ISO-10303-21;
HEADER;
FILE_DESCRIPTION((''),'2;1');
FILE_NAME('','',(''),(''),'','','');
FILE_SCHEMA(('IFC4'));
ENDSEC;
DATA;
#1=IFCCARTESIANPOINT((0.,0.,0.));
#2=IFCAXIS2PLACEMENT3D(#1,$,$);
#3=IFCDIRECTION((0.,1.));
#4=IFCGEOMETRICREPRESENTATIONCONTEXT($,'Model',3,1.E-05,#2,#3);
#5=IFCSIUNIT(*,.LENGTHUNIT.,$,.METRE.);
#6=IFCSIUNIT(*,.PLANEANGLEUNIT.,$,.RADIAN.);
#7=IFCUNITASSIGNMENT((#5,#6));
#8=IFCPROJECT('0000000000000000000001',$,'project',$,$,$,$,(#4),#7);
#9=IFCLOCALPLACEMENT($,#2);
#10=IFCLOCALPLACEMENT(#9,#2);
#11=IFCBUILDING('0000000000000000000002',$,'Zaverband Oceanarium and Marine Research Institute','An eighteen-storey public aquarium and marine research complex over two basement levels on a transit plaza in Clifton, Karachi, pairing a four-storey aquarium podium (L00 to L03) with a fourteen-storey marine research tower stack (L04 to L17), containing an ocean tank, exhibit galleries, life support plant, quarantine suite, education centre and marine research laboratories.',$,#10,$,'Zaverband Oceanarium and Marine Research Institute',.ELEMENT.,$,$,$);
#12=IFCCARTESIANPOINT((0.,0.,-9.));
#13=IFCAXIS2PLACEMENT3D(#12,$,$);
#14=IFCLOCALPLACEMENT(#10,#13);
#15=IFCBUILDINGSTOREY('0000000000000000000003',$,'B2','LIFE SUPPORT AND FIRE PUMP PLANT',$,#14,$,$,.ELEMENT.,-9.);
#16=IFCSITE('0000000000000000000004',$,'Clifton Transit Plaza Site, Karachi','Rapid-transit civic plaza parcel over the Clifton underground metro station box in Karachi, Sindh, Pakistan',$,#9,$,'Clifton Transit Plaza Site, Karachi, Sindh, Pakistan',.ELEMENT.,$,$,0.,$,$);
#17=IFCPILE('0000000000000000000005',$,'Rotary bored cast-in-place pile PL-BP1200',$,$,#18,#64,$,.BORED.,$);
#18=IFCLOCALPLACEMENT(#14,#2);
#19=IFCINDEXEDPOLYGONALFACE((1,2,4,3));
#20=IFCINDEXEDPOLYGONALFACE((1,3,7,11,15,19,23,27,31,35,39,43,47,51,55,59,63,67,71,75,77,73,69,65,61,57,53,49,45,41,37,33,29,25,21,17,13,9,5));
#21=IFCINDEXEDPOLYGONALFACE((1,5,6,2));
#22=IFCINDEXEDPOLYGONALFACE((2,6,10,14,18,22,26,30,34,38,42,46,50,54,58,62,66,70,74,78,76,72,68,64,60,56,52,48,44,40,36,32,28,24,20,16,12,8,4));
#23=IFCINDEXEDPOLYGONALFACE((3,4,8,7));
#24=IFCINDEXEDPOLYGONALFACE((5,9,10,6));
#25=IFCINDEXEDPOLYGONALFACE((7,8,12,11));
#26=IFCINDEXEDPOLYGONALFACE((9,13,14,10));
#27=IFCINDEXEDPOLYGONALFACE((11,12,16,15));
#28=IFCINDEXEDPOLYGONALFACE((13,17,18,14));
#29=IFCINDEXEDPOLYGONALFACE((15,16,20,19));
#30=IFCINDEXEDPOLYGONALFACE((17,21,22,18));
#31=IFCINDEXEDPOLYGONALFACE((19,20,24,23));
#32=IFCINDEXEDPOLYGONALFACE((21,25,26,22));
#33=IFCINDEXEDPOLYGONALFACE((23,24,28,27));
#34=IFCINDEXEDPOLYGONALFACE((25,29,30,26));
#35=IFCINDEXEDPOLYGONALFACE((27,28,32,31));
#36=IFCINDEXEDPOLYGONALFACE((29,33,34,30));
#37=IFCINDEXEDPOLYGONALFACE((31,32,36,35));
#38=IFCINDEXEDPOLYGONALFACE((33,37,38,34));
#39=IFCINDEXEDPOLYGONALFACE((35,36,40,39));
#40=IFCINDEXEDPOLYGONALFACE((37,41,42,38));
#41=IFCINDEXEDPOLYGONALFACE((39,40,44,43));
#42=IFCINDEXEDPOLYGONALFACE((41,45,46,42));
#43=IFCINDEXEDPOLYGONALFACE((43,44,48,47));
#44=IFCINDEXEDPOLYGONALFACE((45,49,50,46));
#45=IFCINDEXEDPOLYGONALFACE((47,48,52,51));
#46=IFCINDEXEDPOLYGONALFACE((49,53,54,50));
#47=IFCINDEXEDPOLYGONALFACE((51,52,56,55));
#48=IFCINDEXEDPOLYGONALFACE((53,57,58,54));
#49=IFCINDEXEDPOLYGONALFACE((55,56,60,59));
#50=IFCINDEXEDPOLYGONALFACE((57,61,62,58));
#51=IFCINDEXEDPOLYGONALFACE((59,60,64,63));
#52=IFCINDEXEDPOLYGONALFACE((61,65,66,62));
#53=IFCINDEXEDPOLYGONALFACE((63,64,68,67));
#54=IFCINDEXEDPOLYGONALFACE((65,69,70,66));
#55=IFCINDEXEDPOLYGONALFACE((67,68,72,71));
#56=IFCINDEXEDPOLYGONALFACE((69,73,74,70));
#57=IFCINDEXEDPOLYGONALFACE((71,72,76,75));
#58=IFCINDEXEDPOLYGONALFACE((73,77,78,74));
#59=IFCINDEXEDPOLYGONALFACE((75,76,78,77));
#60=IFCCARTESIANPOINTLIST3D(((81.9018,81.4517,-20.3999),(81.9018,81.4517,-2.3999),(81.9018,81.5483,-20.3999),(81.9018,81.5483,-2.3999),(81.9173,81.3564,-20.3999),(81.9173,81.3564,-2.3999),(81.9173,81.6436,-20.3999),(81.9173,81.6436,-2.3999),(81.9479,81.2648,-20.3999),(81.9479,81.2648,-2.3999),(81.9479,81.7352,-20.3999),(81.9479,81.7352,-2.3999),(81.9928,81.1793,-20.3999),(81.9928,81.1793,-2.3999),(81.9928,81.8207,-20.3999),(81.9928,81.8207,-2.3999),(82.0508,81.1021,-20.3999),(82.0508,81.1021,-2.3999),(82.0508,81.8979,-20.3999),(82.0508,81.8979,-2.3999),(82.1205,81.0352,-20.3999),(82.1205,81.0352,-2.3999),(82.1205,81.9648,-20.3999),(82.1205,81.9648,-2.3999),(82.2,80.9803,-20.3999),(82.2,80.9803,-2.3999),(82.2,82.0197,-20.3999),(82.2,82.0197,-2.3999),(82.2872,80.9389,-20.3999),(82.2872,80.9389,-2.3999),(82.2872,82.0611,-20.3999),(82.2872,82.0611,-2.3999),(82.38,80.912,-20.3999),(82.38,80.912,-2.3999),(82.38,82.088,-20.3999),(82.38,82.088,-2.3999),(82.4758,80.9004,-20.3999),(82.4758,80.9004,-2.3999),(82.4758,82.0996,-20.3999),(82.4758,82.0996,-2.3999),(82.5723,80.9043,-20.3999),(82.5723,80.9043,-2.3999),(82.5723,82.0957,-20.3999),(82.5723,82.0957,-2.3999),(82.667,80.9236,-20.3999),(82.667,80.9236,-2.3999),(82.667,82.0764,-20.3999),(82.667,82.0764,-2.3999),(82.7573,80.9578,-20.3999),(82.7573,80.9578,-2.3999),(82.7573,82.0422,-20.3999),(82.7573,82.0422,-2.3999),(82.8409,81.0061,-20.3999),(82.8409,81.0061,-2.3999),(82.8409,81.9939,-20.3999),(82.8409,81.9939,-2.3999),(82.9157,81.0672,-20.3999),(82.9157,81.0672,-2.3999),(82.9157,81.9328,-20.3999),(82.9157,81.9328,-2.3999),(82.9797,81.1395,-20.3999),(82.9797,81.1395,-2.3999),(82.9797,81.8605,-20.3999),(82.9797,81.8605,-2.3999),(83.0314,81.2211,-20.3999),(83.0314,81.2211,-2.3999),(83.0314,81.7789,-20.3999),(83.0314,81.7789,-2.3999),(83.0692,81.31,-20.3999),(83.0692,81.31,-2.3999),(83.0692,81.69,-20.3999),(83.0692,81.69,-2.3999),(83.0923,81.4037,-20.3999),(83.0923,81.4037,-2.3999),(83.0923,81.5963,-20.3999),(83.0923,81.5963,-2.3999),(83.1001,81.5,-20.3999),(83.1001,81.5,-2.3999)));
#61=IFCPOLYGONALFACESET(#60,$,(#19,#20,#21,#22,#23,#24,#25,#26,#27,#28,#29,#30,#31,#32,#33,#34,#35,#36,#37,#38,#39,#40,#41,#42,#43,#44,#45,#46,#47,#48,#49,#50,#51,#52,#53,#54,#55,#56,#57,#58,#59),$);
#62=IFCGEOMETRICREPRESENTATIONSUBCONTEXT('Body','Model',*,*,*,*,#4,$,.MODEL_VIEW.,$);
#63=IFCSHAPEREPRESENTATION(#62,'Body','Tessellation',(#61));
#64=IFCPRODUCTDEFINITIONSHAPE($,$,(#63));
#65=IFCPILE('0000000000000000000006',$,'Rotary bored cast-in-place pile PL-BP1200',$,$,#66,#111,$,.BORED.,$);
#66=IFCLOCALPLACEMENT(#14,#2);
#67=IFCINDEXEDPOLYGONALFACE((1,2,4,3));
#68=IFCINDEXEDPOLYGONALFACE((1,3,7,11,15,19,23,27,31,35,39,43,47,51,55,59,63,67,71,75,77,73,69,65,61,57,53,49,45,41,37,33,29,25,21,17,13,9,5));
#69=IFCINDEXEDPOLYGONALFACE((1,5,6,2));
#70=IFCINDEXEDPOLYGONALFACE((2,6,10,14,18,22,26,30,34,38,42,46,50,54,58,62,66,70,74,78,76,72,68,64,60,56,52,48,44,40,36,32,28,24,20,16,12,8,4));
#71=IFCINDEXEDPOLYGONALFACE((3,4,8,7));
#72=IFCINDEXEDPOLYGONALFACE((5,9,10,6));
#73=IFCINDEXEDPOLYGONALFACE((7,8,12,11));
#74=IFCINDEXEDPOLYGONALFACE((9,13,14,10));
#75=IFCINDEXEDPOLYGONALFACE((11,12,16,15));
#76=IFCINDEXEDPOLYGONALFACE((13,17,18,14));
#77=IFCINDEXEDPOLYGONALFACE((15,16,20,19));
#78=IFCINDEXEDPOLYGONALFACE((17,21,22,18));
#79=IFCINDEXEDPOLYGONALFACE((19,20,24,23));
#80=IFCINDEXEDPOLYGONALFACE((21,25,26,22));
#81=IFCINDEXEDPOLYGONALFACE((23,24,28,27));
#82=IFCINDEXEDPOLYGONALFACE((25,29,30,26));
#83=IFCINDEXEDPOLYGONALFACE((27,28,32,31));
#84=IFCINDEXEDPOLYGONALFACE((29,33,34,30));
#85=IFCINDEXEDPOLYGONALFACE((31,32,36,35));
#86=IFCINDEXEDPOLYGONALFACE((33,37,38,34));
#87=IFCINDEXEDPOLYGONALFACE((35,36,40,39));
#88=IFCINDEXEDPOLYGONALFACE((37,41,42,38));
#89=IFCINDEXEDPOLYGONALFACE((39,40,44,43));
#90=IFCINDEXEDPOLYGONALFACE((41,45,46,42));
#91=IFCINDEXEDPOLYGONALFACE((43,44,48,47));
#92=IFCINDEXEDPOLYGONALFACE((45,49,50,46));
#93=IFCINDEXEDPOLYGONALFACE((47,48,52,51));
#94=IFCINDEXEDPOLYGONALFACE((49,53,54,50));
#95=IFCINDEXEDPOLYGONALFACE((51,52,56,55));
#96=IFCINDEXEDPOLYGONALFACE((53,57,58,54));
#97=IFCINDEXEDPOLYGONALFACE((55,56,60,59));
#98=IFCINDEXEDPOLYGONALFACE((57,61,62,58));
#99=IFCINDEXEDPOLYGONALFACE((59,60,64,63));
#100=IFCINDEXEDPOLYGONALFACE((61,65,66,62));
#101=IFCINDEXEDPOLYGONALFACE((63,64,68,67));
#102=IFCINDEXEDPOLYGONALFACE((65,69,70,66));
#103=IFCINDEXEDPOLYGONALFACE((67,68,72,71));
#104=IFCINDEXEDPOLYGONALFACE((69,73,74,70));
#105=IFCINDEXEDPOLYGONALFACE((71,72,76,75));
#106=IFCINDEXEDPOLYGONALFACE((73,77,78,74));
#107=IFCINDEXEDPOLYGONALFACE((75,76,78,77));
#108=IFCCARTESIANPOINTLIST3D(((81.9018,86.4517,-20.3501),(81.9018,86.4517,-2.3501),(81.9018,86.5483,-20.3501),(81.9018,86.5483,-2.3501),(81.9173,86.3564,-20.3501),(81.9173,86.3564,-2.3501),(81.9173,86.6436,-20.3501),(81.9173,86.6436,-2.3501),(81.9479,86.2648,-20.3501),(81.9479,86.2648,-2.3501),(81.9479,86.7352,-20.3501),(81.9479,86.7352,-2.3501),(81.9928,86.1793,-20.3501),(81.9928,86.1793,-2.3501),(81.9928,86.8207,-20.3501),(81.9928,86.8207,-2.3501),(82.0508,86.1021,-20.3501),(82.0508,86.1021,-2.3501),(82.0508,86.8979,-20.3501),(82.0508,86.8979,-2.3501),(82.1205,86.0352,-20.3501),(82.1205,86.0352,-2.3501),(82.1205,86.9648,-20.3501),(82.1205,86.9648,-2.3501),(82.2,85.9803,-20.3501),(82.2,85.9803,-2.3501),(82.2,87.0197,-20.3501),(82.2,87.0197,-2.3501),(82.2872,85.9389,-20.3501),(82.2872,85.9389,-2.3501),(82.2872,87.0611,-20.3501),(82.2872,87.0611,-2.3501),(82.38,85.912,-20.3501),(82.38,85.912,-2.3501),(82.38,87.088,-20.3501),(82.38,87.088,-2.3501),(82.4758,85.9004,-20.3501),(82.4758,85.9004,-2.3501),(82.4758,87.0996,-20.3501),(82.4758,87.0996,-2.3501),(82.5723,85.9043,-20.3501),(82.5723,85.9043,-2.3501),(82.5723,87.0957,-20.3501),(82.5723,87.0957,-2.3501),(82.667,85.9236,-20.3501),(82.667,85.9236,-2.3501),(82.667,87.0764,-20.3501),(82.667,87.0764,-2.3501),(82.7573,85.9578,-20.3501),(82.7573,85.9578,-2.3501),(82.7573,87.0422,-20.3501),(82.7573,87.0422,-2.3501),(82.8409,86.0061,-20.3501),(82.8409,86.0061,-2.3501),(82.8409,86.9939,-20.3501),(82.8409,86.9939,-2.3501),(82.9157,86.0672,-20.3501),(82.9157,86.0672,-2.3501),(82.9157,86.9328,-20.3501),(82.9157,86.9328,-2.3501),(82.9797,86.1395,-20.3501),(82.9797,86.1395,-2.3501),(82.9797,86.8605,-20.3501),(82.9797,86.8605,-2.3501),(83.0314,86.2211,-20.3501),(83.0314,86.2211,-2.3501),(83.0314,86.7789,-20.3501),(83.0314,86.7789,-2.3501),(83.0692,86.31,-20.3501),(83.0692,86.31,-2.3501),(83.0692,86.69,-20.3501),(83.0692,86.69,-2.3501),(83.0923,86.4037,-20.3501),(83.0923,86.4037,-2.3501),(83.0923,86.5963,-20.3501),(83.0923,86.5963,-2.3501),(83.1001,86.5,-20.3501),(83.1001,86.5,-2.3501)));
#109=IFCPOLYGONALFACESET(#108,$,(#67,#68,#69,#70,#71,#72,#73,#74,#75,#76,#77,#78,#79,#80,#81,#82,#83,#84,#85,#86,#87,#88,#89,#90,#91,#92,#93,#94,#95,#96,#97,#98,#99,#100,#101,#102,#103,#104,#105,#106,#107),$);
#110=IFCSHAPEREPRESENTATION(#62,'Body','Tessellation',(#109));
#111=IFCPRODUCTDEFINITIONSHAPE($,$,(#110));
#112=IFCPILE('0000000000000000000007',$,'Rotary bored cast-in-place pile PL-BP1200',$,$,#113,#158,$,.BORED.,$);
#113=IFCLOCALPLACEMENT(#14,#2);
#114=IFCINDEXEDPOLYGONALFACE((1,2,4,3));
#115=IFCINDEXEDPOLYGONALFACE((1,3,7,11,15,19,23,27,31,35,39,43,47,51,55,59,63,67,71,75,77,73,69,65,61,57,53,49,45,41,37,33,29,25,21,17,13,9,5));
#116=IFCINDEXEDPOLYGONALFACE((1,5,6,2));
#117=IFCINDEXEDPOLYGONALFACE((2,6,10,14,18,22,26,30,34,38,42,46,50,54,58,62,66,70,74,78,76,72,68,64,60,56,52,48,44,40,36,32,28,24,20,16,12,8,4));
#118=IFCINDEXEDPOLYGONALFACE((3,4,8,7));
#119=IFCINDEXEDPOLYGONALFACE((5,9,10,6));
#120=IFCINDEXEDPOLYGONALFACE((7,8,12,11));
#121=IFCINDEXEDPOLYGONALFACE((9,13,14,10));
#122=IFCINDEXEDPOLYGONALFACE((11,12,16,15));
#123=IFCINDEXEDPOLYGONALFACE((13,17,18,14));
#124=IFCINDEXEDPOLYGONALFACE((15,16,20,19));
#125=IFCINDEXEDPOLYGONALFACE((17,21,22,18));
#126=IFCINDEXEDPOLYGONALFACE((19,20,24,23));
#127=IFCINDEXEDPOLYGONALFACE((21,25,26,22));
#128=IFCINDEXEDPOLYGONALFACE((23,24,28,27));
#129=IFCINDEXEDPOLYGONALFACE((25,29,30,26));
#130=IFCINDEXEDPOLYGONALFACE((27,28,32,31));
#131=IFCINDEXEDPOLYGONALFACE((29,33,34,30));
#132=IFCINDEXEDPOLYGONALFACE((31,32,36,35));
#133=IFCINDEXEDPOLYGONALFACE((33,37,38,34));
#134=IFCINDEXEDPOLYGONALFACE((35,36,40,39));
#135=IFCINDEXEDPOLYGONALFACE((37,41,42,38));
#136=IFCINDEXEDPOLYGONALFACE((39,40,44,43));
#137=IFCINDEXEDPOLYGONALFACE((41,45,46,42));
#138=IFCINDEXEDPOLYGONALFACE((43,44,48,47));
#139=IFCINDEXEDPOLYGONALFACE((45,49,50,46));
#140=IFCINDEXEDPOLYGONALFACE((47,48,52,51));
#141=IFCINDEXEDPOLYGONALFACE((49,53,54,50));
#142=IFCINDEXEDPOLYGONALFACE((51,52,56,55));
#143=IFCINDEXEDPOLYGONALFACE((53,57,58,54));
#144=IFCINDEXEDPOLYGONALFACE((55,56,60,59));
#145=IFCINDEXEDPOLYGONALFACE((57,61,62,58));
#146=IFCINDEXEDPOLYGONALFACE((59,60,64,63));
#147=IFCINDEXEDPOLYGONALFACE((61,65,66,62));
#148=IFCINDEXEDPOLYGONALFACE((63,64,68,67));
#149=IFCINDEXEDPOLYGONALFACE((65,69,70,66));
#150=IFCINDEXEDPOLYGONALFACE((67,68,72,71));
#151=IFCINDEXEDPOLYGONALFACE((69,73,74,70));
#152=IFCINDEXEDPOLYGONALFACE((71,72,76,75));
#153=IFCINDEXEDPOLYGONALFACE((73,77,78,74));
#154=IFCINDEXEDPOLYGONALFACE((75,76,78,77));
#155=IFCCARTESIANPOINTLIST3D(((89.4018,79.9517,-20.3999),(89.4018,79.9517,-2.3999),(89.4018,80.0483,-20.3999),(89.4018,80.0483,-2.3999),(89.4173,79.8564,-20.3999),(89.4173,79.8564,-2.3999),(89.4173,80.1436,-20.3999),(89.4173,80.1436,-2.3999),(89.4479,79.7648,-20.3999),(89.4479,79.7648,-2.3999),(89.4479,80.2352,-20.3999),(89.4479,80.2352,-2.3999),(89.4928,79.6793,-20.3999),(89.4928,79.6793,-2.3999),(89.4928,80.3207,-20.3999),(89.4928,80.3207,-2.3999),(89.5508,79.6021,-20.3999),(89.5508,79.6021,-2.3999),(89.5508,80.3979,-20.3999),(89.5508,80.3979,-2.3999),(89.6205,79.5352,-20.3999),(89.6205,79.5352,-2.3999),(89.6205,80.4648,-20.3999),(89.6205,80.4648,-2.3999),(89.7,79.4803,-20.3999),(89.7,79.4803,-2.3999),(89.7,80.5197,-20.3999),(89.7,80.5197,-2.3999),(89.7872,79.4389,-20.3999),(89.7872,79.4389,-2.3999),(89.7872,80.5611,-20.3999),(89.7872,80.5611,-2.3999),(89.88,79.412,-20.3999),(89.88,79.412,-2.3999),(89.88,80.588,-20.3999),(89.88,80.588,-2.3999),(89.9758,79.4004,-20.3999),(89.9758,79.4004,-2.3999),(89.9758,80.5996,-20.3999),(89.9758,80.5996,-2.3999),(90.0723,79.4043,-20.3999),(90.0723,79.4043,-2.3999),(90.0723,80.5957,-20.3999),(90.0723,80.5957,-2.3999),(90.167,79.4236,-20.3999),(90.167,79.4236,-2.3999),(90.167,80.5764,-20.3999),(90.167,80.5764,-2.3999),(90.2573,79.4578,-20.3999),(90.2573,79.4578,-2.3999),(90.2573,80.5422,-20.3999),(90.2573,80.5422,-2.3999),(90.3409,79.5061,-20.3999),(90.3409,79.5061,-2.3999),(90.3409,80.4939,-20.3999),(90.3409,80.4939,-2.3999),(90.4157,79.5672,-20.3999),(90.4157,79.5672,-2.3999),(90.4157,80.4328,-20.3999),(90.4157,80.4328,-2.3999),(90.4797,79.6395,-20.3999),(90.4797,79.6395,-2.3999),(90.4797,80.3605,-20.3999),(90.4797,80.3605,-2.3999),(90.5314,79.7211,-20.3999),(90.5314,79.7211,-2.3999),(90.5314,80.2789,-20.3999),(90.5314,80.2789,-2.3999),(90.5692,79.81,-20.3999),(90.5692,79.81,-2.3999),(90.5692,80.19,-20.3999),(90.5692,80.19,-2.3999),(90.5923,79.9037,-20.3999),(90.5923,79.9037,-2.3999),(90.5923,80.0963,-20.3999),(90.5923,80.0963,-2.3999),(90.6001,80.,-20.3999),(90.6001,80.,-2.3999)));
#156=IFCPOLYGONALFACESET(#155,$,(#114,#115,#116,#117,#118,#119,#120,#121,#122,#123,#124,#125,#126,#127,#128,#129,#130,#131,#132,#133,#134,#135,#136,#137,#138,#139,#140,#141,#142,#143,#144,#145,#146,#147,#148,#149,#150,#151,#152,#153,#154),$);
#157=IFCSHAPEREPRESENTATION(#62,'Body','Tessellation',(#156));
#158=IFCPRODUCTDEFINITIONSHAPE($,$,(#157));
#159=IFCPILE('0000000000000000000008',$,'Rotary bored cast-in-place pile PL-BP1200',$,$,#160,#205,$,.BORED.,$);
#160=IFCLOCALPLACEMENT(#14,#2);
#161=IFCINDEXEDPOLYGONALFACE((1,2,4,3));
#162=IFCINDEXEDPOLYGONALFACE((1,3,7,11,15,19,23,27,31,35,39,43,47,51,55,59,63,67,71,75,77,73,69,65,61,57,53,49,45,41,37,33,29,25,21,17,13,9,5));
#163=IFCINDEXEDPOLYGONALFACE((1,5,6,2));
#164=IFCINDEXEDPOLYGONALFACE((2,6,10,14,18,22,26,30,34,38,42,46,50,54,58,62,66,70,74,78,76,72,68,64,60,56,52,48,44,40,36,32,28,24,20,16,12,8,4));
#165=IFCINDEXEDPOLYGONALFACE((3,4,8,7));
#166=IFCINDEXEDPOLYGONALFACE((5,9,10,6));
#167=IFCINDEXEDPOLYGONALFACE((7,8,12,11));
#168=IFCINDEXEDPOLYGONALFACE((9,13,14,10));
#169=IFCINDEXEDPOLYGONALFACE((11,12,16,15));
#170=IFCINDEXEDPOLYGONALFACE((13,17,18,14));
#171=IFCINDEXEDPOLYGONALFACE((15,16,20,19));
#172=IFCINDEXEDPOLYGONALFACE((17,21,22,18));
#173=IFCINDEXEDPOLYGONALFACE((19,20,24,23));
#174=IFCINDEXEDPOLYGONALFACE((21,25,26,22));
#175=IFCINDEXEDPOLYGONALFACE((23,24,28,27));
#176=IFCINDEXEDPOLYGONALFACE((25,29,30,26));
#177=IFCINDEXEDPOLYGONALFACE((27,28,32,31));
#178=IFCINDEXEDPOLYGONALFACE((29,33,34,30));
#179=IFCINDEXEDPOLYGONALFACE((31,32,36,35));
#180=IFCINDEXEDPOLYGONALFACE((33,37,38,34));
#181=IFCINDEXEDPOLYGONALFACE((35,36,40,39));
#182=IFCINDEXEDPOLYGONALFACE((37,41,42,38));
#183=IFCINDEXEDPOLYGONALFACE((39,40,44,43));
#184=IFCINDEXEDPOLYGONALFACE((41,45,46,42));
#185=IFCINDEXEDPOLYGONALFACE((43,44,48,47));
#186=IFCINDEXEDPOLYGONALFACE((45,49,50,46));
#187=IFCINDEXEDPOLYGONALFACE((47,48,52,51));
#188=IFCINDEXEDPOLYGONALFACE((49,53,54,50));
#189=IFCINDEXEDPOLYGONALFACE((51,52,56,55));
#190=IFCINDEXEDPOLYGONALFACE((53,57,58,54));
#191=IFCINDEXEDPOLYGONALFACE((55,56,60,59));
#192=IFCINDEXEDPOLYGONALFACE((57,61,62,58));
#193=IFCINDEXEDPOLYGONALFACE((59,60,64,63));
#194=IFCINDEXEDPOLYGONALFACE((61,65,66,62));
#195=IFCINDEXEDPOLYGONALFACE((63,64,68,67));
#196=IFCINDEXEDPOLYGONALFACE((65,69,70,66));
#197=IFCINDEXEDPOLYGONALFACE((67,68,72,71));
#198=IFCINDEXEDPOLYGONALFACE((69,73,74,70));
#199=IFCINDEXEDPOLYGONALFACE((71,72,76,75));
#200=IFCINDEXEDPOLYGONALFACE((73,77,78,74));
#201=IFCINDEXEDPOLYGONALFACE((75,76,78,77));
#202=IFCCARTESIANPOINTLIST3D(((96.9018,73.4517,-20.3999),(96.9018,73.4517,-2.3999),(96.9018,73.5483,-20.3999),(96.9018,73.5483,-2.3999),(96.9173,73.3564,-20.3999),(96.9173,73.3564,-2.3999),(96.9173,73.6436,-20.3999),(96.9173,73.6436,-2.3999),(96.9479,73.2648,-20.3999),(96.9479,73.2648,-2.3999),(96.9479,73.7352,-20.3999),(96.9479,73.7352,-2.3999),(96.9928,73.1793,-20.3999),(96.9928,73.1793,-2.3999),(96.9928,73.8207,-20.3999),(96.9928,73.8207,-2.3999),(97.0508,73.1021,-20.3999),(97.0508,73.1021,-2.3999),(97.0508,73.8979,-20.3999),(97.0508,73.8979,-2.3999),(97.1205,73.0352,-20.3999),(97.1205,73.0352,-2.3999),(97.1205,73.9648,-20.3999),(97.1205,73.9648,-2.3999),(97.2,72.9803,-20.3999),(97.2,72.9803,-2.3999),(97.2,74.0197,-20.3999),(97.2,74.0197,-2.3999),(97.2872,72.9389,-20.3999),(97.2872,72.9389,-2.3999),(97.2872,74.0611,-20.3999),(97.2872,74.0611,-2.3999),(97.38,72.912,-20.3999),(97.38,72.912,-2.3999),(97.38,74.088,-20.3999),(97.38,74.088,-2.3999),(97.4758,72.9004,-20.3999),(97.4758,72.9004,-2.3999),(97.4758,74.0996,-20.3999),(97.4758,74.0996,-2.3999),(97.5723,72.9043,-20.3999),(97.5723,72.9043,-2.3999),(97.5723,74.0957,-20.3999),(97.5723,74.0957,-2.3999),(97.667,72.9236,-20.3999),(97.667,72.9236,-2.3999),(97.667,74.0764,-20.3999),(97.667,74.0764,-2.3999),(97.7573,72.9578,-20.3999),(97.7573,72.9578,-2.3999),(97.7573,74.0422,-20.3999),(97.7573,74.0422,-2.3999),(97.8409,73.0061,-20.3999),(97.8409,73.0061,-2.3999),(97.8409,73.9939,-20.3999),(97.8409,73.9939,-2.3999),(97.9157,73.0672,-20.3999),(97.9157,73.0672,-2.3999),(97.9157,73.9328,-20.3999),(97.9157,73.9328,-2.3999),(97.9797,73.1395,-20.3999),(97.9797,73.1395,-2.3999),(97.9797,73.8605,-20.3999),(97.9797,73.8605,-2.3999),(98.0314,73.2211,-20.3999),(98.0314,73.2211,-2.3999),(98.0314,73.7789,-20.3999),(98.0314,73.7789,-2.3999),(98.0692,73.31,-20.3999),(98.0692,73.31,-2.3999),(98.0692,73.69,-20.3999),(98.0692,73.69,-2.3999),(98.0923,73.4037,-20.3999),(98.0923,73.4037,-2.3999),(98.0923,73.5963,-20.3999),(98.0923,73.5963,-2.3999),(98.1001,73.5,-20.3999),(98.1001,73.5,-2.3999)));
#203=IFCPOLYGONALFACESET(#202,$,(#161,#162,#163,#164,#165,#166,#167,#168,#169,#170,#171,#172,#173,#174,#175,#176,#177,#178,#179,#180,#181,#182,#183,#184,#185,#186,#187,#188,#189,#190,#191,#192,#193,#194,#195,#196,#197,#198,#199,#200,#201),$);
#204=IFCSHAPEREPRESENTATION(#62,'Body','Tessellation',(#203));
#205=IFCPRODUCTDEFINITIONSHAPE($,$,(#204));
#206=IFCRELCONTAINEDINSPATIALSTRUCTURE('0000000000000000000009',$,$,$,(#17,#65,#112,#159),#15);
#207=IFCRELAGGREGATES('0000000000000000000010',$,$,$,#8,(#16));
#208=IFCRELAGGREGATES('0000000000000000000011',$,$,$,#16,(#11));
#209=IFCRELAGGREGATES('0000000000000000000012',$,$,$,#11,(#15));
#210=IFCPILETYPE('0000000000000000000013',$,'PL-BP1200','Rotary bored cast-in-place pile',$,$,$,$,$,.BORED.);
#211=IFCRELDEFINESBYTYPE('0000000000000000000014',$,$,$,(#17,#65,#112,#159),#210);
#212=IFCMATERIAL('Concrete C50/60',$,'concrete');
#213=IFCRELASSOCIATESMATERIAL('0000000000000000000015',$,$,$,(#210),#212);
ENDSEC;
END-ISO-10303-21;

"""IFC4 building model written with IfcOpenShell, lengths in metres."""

from ifc_helpers import new_model, si_unit, direction, frame, origin, origin_2d, place, context, subcontext, project, spatial, circle, extrude, material, material_profile, profile_set, type_object, element, save


model = new_model("IFC4")

# Units and contexts
model_context = context("Model", 3, precision=1e-05, world=origin(), true_north=direction((0.0, 1.0)))
body_context = subcontext(model_context, "Body", "Model", "MODEL_VIEW")
ifc_project = project(units=[si_unit("LENGTHUNIT", "METRE"), si_unit("PLANEANGLEUNIT", "RADIAN")], contexts=[model_context])

# Site, building, storey
site_placement = place(None, origin())
site = spatial("IfcSite", under=ifc_project, at=site_placement, Name="Clifton Transit Plaza Site, Karachi", Description="Rapid-transit civic plaza parcel over the Clifton underground metro station box in Karachi, Sindh, Pakistan", LongName="Clifton Transit Plaza Site, Karachi, Sindh, Pakistan", CompositionType="ELEMENT", RefElevation=0.0)
building_placement = place(site_placement, origin())
building = spatial("IfcBuilding", under=site, at=building_placement, Name="Zaverband Oceanarium and Marine Research Institute", Description="An eighteen-storey public aquarium and marine research complex over two basement levels on a transit plaza in Clifton, Karachi, pairing a four-storey aquarium podium (L00 to L03) with a fourteen-storey marine research tower stack (L04 to L17), containing an ocean tank, exhibit galleries, life support plant, quarantine suite, education centre and marine research laboratories.", LongName="Zaverband Oceanarium and Marine Research Institute", CompositionType="ELEMENT")
storey_placement = place(building_placement, frame((0.0, 0.0, -9.0)))
storey = spatial("IfcBuildingStorey", under=building, at=storey_placement, Name="B2", Description="LIFE SUPPORT AND FIRE PUMP PLANT", CompositionType="ELEMENT", Elevation=-9.0)

# Shared definitions
ifc_material_1 = material(Name="Concrete C50/60", Category="concrete")

# Piles
ifc_material_profile_1 = material_profile(ifc_material_1, circle(Radius=0.6001, at=origin_2d()), Name="BP1200")
ifc_profile_set_1 = profile_set([ifc_material_profile_1], Name="Concrete C50/60")
pile_type_1 = type_object("IfcPileType", Name="PL-BP1200", Description="Rotary bored cast-in-place pile", PredefinedType="BORED", material=ifc_profile_set_1)
for number, where, z_axis, x_axis, name in (
    (1, (82.5, 81.5, -2.3999), (0.0, 0.0, -1.0), (1.0, 0.0, 0.0), "Rotary bored cast-in-place pile PL-BP1200"),
    (2, (82.5, 86.5, -2.3501), (0.0, 0.0, -1.0), (1.0, 0.0, 0.0), "Rotary bored cast-in-place pile PL-BP1200"),
    (3, (90.0, 80.0, -2.3999), (0.0, 0.0, -1.0), (1.0, 0.0, 0.0), "Rotary bored cast-in-place pile PL-BP1200"),
    (4, (97.5, 73.5, -2.3999), (0.0, 0.0, -1.0), (1.0, 0.0, 0.0), "Rotary bored cast-in-place pile PL-BP1200"),
):
    element("IfcPile", number, at=place(storey_placement, frame(where, z_axis=z_axis, x_axis=x_axis)), inside=storey, type_object=pile_type_1, Name=name, PredefinedType="BORED", context=body_context, shape_type="SweptSolid", body=[
        extrude(circle(Radius=0.6001, at=origin_2d()), origin(), (0.0, 0.0, 1.0), 18.0),
    ])

save(model, "model.ifc")
